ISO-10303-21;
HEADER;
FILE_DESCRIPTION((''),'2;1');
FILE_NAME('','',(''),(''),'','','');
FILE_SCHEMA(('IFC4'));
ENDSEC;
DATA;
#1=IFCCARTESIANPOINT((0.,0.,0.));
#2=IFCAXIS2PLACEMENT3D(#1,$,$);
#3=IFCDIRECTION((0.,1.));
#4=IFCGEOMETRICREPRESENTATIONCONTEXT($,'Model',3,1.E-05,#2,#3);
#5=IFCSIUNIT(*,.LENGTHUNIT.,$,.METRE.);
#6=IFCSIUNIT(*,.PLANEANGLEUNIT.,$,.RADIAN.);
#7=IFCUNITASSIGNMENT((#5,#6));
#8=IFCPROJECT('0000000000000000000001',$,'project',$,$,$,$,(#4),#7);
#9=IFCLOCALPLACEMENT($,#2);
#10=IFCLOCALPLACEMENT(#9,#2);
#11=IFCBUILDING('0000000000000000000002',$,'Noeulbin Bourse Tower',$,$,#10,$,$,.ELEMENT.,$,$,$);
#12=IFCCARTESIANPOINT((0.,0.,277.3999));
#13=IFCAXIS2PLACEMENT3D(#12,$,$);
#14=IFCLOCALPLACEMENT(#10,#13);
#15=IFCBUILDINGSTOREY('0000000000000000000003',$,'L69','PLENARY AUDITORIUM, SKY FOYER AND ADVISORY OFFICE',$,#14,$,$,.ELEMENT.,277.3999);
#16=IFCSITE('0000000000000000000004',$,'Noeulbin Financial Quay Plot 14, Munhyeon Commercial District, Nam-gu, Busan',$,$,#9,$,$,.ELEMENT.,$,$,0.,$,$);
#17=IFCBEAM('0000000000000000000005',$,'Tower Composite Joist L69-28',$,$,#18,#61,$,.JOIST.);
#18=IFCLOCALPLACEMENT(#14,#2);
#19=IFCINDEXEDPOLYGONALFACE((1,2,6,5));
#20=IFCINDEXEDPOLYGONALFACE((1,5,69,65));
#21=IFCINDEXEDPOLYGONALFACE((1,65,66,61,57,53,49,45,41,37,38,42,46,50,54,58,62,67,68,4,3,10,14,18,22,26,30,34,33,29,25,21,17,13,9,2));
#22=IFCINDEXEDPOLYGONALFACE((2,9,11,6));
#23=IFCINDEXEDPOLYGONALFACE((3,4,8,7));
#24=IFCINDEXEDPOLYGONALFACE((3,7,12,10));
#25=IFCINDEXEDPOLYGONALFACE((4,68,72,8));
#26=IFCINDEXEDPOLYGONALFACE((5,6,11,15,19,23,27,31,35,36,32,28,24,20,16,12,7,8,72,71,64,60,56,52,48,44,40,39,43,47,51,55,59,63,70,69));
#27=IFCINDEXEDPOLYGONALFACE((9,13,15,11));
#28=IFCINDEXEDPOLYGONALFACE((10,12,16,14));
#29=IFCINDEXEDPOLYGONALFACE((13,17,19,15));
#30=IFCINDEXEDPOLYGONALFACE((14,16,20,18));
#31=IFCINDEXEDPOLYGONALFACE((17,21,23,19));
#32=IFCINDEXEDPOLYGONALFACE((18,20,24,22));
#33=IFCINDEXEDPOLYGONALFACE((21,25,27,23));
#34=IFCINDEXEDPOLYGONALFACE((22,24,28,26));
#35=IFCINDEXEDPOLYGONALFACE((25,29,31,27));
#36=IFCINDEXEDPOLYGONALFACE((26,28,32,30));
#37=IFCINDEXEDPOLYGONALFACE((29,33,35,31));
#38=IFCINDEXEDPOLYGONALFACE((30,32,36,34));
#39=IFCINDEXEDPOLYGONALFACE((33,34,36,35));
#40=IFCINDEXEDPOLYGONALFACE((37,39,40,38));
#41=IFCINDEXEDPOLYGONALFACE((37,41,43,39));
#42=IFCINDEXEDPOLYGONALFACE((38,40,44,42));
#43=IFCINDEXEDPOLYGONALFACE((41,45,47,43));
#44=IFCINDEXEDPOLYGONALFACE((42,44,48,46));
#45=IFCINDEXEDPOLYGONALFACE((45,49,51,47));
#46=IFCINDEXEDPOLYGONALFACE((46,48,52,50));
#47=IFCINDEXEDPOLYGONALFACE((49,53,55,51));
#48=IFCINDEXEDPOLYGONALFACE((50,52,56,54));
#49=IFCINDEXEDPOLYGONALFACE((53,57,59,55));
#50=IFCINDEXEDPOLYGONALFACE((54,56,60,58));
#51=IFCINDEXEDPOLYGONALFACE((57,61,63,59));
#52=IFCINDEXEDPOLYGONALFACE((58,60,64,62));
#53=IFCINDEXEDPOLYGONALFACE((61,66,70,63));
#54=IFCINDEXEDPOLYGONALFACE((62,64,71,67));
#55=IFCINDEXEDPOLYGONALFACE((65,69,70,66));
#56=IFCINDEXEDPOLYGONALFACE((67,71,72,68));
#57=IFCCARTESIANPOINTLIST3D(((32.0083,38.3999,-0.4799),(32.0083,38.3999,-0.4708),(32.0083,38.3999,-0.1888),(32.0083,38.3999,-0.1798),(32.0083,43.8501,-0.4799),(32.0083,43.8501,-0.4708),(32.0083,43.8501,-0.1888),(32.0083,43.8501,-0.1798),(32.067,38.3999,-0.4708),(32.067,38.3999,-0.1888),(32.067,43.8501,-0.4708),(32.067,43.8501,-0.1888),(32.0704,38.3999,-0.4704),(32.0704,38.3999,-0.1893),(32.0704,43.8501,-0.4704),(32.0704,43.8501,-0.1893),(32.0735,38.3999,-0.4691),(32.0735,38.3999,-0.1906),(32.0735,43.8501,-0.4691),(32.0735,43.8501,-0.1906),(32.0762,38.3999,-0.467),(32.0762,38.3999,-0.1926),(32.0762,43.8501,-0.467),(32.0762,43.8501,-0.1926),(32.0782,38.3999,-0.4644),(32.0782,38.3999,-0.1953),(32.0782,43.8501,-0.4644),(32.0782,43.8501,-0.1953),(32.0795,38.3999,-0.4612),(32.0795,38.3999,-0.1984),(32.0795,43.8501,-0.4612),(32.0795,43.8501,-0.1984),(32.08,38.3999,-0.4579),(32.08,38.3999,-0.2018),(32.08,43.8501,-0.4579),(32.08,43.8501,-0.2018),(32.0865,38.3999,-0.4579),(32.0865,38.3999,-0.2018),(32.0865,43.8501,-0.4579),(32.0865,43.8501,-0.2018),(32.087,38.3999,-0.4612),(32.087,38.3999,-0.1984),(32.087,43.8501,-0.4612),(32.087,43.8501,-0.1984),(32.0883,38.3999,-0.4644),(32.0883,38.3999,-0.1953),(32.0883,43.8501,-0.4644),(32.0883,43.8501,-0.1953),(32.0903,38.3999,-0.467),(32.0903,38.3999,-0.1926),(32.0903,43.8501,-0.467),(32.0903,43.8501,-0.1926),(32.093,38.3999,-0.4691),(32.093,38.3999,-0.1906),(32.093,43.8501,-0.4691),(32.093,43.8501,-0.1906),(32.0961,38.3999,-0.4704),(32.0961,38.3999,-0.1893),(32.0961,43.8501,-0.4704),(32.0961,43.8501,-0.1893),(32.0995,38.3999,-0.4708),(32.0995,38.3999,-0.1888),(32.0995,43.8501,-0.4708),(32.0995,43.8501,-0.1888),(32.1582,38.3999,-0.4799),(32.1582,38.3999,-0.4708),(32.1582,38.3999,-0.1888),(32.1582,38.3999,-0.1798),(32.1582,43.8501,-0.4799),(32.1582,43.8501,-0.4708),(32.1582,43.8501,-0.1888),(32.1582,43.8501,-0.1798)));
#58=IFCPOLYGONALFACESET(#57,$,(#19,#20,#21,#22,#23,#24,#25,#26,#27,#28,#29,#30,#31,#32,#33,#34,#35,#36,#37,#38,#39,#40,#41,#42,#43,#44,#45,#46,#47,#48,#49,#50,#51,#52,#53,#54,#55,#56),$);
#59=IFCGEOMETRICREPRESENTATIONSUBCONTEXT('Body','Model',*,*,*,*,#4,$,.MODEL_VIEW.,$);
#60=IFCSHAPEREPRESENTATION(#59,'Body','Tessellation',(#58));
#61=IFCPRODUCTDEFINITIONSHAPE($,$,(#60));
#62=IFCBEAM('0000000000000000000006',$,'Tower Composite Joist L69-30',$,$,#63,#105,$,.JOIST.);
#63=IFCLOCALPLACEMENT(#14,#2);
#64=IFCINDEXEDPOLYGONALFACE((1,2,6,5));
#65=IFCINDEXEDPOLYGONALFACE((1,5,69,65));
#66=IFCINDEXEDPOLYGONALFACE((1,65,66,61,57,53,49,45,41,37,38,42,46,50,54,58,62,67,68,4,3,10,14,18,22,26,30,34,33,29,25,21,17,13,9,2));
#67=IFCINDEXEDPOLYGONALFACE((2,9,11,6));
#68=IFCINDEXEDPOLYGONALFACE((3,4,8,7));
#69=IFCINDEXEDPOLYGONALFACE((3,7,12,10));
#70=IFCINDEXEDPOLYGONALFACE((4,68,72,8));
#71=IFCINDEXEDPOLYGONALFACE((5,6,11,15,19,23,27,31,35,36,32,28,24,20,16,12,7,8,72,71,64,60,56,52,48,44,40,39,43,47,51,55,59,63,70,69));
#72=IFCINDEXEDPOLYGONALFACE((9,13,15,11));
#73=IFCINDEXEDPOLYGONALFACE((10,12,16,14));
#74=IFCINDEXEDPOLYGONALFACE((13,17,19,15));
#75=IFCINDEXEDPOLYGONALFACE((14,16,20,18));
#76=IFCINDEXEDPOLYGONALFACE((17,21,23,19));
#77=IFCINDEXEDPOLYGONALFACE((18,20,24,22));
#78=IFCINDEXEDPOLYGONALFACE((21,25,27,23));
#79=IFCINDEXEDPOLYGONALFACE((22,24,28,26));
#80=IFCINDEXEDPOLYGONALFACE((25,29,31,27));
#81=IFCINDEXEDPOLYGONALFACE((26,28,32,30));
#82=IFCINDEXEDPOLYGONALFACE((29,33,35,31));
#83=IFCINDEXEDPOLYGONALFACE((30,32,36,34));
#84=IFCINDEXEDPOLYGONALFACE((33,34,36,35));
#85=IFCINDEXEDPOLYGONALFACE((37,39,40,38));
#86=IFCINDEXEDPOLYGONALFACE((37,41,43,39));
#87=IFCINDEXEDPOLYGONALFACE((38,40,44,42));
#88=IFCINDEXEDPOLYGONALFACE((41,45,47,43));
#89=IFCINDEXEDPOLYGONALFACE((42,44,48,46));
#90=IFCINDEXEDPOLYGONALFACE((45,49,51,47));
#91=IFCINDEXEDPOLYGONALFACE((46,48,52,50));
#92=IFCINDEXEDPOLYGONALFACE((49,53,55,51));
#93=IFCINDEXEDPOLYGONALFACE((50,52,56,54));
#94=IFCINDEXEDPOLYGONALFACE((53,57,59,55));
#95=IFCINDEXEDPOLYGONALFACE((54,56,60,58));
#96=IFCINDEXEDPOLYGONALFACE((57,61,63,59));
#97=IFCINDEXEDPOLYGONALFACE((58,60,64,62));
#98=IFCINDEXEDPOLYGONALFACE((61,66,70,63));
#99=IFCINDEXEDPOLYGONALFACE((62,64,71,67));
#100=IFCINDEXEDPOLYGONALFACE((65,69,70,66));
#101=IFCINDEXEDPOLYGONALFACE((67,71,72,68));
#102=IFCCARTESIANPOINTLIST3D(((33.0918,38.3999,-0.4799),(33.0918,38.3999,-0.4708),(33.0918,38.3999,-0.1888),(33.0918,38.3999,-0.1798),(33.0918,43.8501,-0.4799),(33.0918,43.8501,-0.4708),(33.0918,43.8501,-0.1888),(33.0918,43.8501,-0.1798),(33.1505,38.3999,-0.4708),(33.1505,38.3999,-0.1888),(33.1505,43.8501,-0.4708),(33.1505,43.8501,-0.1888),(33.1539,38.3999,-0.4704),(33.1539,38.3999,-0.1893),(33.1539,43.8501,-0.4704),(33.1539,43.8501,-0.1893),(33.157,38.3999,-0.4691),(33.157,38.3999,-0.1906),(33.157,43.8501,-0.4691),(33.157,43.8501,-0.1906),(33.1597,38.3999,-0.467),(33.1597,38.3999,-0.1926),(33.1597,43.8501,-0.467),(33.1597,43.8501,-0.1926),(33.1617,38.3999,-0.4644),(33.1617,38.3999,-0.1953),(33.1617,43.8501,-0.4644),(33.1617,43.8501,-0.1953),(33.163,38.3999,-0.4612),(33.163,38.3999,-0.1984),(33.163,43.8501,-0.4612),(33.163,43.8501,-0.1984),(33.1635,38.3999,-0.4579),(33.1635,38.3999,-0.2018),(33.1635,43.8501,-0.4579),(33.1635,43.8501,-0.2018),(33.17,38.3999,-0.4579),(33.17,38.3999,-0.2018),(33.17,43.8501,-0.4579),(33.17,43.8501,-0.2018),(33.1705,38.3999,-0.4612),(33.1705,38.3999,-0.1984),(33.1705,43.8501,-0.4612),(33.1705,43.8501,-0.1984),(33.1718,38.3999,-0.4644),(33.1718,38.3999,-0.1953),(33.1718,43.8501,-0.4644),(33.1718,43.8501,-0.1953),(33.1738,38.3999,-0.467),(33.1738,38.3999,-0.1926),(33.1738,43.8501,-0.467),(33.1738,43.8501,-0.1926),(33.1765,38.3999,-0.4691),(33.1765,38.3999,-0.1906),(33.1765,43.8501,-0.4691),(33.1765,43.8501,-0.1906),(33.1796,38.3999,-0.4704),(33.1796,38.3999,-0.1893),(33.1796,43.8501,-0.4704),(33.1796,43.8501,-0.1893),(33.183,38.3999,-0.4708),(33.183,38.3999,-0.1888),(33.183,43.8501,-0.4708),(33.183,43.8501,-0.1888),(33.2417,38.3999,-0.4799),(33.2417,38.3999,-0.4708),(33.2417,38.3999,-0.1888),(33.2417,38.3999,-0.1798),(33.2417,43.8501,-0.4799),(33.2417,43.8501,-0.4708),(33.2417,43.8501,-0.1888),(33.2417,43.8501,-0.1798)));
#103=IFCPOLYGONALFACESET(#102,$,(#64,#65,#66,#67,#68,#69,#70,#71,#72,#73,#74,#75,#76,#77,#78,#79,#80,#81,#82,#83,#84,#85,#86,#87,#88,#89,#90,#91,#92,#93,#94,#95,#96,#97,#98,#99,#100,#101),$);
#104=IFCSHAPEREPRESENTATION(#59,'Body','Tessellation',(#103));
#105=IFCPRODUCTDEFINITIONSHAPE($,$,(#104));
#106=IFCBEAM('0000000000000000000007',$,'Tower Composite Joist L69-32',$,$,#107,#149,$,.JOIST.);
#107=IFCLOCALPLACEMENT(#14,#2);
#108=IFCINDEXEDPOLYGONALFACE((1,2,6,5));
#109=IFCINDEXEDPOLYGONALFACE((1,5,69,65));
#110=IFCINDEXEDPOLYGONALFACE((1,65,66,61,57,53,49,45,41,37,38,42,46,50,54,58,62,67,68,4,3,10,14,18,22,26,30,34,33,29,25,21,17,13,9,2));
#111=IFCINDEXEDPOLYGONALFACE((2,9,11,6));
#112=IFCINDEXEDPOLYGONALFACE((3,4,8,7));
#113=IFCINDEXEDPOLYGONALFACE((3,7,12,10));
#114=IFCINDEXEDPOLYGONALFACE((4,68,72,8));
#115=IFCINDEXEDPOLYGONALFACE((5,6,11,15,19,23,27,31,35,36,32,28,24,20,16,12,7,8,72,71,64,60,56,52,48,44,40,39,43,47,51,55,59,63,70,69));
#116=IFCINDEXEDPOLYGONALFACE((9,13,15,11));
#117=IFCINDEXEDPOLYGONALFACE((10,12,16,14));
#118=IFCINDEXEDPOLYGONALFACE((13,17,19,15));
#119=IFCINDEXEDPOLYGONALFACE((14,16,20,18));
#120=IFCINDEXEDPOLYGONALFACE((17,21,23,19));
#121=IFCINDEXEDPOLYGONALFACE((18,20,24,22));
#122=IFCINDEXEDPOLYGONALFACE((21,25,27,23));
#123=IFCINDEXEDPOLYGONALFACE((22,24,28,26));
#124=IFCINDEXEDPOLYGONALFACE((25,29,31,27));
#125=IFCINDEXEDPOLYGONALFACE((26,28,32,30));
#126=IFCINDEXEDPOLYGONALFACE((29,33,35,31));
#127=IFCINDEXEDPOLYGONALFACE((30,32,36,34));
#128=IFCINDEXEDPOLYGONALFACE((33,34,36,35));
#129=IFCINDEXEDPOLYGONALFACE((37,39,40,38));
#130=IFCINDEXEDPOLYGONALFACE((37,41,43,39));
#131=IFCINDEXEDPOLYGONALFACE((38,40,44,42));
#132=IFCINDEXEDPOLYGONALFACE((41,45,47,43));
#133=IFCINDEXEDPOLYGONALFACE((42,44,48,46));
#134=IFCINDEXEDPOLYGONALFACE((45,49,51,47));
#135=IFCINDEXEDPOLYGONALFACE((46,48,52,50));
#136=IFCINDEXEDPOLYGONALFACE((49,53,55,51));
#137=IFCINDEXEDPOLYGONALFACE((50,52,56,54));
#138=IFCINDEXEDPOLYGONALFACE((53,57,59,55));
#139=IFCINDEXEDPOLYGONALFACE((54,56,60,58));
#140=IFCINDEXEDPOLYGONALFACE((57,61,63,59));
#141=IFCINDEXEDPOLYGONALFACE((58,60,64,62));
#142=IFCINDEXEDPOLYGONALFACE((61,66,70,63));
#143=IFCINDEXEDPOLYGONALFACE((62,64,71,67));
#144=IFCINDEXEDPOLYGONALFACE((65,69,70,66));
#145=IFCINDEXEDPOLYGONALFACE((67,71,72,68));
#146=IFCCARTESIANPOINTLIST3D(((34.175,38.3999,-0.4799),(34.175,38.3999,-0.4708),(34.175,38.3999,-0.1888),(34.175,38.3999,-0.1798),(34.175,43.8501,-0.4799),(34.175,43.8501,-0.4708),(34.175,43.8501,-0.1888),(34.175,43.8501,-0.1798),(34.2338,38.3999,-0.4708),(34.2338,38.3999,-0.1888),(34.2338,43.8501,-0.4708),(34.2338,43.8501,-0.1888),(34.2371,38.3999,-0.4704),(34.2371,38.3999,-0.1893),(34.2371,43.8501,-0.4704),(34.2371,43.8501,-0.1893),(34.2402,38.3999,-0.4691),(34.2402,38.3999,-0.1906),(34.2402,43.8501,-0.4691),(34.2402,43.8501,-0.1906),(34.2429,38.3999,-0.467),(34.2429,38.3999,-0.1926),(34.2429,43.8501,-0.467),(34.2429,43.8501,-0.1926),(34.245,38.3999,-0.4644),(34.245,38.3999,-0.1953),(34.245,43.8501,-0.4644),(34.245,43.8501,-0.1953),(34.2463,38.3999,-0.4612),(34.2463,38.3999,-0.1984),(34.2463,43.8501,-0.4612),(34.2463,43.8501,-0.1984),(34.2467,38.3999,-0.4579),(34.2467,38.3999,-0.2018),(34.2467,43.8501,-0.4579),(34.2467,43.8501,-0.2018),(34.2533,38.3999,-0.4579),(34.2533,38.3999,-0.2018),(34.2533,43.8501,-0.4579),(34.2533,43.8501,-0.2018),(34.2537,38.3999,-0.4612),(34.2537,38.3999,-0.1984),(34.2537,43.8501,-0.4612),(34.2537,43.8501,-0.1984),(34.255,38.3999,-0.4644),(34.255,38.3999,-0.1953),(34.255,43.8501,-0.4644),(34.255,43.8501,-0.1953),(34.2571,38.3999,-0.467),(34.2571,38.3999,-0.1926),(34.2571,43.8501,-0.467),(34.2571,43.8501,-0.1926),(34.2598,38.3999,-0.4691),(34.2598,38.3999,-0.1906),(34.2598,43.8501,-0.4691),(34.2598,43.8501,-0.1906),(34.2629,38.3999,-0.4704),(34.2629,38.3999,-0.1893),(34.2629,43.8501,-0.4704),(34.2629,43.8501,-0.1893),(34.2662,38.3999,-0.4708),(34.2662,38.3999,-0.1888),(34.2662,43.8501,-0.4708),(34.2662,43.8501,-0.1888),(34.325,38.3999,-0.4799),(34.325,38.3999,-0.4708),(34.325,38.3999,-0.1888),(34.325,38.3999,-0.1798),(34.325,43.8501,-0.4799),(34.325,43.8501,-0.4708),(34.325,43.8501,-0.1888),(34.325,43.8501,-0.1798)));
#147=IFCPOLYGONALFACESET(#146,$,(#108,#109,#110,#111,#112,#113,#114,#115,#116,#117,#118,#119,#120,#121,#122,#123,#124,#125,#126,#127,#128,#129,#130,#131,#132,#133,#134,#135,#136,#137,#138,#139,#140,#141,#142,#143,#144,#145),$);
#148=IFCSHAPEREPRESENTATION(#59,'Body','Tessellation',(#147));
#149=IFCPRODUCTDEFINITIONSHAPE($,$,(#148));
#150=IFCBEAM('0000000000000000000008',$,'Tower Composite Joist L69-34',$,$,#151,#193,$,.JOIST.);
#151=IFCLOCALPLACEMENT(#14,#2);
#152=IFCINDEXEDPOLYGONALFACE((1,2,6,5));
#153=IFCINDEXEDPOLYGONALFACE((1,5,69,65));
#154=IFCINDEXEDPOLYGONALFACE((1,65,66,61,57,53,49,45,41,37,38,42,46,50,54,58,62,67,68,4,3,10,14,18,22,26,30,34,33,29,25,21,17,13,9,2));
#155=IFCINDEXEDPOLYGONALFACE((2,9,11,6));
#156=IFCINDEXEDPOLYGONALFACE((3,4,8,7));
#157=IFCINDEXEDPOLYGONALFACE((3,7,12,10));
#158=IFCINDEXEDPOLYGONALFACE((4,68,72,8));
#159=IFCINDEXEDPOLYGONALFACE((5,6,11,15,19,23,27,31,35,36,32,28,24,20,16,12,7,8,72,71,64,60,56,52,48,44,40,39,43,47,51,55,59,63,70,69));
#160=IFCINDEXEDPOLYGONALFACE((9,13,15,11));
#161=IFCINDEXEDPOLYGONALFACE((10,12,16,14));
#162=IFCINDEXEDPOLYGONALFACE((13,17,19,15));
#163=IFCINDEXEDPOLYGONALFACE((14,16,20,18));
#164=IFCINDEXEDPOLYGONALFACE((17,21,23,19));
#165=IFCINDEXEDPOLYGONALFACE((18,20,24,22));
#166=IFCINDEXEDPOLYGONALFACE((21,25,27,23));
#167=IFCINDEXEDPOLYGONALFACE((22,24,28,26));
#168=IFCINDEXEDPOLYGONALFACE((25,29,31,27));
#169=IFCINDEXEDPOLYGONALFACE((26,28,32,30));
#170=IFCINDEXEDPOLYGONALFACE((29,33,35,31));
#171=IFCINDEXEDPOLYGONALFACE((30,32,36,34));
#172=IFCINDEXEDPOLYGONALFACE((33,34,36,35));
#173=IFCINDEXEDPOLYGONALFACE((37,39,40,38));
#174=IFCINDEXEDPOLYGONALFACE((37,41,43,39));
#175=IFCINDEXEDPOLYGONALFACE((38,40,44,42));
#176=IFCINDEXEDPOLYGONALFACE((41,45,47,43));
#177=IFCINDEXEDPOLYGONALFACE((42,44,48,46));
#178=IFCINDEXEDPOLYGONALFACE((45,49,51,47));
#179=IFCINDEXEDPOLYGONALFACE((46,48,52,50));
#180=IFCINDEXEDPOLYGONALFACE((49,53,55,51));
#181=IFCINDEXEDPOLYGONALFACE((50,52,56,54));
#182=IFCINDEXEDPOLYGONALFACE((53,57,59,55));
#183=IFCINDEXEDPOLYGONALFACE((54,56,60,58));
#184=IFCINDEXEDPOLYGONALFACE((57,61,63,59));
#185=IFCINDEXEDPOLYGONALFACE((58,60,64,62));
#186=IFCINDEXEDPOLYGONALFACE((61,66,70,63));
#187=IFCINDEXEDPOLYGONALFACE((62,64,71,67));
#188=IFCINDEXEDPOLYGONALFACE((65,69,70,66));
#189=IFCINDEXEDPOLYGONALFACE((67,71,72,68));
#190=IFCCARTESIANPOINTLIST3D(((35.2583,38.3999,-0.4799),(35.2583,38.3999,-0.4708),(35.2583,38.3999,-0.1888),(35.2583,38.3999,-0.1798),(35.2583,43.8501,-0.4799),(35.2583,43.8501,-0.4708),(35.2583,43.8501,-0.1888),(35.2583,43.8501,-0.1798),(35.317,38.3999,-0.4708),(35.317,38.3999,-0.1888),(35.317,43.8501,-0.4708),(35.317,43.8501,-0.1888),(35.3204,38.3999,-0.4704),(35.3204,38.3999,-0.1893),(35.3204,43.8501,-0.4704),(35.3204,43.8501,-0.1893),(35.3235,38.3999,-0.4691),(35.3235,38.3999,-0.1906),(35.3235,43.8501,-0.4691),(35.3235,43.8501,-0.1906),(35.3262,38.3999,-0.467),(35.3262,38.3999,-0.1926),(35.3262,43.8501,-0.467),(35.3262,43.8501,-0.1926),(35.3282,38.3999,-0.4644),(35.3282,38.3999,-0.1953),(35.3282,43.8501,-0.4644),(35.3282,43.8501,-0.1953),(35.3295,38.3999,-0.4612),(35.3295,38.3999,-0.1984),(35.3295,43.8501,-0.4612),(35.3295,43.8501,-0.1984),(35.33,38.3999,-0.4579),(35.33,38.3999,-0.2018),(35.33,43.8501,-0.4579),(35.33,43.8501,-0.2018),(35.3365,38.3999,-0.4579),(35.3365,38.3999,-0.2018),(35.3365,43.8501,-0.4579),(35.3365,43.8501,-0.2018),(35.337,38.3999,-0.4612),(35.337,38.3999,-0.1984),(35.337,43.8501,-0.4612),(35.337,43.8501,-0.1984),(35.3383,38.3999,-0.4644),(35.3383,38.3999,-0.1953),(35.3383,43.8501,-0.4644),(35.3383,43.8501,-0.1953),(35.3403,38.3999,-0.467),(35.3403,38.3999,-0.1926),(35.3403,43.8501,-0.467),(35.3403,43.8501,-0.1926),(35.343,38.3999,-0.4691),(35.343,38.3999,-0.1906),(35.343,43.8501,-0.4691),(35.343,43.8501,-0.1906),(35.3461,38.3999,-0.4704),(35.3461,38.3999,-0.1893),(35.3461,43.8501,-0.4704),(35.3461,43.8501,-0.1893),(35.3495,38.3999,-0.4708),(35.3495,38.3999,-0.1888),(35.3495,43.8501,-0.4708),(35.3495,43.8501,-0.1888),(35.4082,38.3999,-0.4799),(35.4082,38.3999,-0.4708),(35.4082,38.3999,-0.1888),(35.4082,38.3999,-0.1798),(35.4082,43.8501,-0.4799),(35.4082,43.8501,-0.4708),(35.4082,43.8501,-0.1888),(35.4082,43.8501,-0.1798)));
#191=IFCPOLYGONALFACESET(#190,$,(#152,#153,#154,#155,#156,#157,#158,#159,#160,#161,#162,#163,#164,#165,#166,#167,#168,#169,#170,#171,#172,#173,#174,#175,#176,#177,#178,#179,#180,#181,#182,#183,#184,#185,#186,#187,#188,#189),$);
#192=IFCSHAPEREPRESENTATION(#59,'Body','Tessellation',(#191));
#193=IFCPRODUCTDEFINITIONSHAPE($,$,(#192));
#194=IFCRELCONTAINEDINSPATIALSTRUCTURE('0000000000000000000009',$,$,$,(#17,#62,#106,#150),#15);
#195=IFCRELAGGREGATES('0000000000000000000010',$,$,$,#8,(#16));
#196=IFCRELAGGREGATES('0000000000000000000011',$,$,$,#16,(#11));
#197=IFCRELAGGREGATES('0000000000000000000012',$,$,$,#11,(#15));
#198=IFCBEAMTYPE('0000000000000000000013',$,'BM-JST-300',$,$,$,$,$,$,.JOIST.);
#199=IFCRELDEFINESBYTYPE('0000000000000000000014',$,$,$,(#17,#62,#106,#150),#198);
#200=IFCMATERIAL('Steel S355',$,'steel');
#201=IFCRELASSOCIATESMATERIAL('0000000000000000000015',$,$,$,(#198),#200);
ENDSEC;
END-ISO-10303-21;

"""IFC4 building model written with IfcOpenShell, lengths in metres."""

from ifc_helpers import new_model, si_unit, direction, frame, origin, origin_2d, place, context, subcontext, project, spatial, i_section, extrude, material, material_profile, profile_set, type_object, element, save


model = new_model("IFC4")

# Units and contexts
model_context = context("Model", 3, precision=1e-05, world=origin(), true_north=direction((0.0, 1.0)))
body_context = subcontext(model_context, "Body", "Model", "MODEL_VIEW")
ifc_project = project(units=[si_unit("LENGTHUNIT", "METRE"), si_unit("PLANEANGLEUNIT", "RADIAN")], contexts=[model_context])

# Site, building, storey
site_placement = place(None, origin())
site = spatial("IfcSite", under=ifc_project, at=site_placement, Name="Noeulbin Financial Quay Plot 14, Munhyeon Commercial District, Nam-gu, Busan", CompositionType="ELEMENT", RefElevation=0.0)
building_placement = place(site_placement, origin())
building = spatial("IfcBuilding", under=site, at=building_placement, Name="Noeulbin Bourse Tower", CompositionType="ELEMENT")
storey_placement = place(building_placement, frame((0.0, 0.0, 277.3999)))
storey = spatial("IfcBuildingStorey", under=building, at=storey_placement, Name="L69", Description="PLENARY AUDITORIUM, SKY FOYER AND ADVISORY OFFICE", CompositionType="ELEMENT", Elevation=277.3999)

# Beams
ifc_material_1 = material(Name="Steel S355", Category="steel")
ifc_material_profile_1 = material_profile(ifc_material_1, i_section(OverallWidth=0.1499, OverallDepth=0.3, WebThickness=0.0066, FlangeThickness=0.009, FilletRadius=0.0129, at=origin_2d()), Name="H-300x150x6.5x9", Category="LoadBearing")
ifc_profile_set_1 = profile_set([ifc_material_profile_1], Name="Steel S355")
beam_type = type_object("IfcBeamType", Name="BM-JST-300", PredefinedType="JOIST", material=ifc_profile_set_1)
for number, where, z_axis, x_axis, name in (
    (1, (32.0833, 38.3999, -0.3298), (0.0, 1.0, 0.0), (-1.0, 0.0, 0.0), "Tower Composite Joist L69-28"),
    (2, (33.1667, 38.3999, -0.3298), (0.0, 1.0, 0.0), (-1.0, 0.0, 0.0), "Tower Composite Joist L69-30"),
    (3, (34.25, 38.3999, -0.3298), (0.0, 1.0, 0.0), (-1.0, 0.0, 0.0), "Tower Composite Joist L69-32"),
    (4, (35.3333, 38.3999, -0.3298), (0.0, 1.0, 0.0), (-1.0, 0.0, 0.0), "Tower Composite Joist L69-34"),
):
    element("IfcBeam", number, at=place(storey_placement, frame(where, z_axis=z_axis, x_axis=x_axis)), inside=storey, type_object=beam_type, Name=name, PredefinedType="JOIST", context=body_context, shape_type="SweptSolid", body=[
        extrude(i_section(OverallWidth=0.1499, OverallDepth=0.3, WebThickness=0.0066, FlangeThickness=0.009, FilletRadius=0.0129, at=origin_2d()), origin(), (0.0, 0.0, 1.0), 5.4502),
    ])

save(model, "model.ifc")
